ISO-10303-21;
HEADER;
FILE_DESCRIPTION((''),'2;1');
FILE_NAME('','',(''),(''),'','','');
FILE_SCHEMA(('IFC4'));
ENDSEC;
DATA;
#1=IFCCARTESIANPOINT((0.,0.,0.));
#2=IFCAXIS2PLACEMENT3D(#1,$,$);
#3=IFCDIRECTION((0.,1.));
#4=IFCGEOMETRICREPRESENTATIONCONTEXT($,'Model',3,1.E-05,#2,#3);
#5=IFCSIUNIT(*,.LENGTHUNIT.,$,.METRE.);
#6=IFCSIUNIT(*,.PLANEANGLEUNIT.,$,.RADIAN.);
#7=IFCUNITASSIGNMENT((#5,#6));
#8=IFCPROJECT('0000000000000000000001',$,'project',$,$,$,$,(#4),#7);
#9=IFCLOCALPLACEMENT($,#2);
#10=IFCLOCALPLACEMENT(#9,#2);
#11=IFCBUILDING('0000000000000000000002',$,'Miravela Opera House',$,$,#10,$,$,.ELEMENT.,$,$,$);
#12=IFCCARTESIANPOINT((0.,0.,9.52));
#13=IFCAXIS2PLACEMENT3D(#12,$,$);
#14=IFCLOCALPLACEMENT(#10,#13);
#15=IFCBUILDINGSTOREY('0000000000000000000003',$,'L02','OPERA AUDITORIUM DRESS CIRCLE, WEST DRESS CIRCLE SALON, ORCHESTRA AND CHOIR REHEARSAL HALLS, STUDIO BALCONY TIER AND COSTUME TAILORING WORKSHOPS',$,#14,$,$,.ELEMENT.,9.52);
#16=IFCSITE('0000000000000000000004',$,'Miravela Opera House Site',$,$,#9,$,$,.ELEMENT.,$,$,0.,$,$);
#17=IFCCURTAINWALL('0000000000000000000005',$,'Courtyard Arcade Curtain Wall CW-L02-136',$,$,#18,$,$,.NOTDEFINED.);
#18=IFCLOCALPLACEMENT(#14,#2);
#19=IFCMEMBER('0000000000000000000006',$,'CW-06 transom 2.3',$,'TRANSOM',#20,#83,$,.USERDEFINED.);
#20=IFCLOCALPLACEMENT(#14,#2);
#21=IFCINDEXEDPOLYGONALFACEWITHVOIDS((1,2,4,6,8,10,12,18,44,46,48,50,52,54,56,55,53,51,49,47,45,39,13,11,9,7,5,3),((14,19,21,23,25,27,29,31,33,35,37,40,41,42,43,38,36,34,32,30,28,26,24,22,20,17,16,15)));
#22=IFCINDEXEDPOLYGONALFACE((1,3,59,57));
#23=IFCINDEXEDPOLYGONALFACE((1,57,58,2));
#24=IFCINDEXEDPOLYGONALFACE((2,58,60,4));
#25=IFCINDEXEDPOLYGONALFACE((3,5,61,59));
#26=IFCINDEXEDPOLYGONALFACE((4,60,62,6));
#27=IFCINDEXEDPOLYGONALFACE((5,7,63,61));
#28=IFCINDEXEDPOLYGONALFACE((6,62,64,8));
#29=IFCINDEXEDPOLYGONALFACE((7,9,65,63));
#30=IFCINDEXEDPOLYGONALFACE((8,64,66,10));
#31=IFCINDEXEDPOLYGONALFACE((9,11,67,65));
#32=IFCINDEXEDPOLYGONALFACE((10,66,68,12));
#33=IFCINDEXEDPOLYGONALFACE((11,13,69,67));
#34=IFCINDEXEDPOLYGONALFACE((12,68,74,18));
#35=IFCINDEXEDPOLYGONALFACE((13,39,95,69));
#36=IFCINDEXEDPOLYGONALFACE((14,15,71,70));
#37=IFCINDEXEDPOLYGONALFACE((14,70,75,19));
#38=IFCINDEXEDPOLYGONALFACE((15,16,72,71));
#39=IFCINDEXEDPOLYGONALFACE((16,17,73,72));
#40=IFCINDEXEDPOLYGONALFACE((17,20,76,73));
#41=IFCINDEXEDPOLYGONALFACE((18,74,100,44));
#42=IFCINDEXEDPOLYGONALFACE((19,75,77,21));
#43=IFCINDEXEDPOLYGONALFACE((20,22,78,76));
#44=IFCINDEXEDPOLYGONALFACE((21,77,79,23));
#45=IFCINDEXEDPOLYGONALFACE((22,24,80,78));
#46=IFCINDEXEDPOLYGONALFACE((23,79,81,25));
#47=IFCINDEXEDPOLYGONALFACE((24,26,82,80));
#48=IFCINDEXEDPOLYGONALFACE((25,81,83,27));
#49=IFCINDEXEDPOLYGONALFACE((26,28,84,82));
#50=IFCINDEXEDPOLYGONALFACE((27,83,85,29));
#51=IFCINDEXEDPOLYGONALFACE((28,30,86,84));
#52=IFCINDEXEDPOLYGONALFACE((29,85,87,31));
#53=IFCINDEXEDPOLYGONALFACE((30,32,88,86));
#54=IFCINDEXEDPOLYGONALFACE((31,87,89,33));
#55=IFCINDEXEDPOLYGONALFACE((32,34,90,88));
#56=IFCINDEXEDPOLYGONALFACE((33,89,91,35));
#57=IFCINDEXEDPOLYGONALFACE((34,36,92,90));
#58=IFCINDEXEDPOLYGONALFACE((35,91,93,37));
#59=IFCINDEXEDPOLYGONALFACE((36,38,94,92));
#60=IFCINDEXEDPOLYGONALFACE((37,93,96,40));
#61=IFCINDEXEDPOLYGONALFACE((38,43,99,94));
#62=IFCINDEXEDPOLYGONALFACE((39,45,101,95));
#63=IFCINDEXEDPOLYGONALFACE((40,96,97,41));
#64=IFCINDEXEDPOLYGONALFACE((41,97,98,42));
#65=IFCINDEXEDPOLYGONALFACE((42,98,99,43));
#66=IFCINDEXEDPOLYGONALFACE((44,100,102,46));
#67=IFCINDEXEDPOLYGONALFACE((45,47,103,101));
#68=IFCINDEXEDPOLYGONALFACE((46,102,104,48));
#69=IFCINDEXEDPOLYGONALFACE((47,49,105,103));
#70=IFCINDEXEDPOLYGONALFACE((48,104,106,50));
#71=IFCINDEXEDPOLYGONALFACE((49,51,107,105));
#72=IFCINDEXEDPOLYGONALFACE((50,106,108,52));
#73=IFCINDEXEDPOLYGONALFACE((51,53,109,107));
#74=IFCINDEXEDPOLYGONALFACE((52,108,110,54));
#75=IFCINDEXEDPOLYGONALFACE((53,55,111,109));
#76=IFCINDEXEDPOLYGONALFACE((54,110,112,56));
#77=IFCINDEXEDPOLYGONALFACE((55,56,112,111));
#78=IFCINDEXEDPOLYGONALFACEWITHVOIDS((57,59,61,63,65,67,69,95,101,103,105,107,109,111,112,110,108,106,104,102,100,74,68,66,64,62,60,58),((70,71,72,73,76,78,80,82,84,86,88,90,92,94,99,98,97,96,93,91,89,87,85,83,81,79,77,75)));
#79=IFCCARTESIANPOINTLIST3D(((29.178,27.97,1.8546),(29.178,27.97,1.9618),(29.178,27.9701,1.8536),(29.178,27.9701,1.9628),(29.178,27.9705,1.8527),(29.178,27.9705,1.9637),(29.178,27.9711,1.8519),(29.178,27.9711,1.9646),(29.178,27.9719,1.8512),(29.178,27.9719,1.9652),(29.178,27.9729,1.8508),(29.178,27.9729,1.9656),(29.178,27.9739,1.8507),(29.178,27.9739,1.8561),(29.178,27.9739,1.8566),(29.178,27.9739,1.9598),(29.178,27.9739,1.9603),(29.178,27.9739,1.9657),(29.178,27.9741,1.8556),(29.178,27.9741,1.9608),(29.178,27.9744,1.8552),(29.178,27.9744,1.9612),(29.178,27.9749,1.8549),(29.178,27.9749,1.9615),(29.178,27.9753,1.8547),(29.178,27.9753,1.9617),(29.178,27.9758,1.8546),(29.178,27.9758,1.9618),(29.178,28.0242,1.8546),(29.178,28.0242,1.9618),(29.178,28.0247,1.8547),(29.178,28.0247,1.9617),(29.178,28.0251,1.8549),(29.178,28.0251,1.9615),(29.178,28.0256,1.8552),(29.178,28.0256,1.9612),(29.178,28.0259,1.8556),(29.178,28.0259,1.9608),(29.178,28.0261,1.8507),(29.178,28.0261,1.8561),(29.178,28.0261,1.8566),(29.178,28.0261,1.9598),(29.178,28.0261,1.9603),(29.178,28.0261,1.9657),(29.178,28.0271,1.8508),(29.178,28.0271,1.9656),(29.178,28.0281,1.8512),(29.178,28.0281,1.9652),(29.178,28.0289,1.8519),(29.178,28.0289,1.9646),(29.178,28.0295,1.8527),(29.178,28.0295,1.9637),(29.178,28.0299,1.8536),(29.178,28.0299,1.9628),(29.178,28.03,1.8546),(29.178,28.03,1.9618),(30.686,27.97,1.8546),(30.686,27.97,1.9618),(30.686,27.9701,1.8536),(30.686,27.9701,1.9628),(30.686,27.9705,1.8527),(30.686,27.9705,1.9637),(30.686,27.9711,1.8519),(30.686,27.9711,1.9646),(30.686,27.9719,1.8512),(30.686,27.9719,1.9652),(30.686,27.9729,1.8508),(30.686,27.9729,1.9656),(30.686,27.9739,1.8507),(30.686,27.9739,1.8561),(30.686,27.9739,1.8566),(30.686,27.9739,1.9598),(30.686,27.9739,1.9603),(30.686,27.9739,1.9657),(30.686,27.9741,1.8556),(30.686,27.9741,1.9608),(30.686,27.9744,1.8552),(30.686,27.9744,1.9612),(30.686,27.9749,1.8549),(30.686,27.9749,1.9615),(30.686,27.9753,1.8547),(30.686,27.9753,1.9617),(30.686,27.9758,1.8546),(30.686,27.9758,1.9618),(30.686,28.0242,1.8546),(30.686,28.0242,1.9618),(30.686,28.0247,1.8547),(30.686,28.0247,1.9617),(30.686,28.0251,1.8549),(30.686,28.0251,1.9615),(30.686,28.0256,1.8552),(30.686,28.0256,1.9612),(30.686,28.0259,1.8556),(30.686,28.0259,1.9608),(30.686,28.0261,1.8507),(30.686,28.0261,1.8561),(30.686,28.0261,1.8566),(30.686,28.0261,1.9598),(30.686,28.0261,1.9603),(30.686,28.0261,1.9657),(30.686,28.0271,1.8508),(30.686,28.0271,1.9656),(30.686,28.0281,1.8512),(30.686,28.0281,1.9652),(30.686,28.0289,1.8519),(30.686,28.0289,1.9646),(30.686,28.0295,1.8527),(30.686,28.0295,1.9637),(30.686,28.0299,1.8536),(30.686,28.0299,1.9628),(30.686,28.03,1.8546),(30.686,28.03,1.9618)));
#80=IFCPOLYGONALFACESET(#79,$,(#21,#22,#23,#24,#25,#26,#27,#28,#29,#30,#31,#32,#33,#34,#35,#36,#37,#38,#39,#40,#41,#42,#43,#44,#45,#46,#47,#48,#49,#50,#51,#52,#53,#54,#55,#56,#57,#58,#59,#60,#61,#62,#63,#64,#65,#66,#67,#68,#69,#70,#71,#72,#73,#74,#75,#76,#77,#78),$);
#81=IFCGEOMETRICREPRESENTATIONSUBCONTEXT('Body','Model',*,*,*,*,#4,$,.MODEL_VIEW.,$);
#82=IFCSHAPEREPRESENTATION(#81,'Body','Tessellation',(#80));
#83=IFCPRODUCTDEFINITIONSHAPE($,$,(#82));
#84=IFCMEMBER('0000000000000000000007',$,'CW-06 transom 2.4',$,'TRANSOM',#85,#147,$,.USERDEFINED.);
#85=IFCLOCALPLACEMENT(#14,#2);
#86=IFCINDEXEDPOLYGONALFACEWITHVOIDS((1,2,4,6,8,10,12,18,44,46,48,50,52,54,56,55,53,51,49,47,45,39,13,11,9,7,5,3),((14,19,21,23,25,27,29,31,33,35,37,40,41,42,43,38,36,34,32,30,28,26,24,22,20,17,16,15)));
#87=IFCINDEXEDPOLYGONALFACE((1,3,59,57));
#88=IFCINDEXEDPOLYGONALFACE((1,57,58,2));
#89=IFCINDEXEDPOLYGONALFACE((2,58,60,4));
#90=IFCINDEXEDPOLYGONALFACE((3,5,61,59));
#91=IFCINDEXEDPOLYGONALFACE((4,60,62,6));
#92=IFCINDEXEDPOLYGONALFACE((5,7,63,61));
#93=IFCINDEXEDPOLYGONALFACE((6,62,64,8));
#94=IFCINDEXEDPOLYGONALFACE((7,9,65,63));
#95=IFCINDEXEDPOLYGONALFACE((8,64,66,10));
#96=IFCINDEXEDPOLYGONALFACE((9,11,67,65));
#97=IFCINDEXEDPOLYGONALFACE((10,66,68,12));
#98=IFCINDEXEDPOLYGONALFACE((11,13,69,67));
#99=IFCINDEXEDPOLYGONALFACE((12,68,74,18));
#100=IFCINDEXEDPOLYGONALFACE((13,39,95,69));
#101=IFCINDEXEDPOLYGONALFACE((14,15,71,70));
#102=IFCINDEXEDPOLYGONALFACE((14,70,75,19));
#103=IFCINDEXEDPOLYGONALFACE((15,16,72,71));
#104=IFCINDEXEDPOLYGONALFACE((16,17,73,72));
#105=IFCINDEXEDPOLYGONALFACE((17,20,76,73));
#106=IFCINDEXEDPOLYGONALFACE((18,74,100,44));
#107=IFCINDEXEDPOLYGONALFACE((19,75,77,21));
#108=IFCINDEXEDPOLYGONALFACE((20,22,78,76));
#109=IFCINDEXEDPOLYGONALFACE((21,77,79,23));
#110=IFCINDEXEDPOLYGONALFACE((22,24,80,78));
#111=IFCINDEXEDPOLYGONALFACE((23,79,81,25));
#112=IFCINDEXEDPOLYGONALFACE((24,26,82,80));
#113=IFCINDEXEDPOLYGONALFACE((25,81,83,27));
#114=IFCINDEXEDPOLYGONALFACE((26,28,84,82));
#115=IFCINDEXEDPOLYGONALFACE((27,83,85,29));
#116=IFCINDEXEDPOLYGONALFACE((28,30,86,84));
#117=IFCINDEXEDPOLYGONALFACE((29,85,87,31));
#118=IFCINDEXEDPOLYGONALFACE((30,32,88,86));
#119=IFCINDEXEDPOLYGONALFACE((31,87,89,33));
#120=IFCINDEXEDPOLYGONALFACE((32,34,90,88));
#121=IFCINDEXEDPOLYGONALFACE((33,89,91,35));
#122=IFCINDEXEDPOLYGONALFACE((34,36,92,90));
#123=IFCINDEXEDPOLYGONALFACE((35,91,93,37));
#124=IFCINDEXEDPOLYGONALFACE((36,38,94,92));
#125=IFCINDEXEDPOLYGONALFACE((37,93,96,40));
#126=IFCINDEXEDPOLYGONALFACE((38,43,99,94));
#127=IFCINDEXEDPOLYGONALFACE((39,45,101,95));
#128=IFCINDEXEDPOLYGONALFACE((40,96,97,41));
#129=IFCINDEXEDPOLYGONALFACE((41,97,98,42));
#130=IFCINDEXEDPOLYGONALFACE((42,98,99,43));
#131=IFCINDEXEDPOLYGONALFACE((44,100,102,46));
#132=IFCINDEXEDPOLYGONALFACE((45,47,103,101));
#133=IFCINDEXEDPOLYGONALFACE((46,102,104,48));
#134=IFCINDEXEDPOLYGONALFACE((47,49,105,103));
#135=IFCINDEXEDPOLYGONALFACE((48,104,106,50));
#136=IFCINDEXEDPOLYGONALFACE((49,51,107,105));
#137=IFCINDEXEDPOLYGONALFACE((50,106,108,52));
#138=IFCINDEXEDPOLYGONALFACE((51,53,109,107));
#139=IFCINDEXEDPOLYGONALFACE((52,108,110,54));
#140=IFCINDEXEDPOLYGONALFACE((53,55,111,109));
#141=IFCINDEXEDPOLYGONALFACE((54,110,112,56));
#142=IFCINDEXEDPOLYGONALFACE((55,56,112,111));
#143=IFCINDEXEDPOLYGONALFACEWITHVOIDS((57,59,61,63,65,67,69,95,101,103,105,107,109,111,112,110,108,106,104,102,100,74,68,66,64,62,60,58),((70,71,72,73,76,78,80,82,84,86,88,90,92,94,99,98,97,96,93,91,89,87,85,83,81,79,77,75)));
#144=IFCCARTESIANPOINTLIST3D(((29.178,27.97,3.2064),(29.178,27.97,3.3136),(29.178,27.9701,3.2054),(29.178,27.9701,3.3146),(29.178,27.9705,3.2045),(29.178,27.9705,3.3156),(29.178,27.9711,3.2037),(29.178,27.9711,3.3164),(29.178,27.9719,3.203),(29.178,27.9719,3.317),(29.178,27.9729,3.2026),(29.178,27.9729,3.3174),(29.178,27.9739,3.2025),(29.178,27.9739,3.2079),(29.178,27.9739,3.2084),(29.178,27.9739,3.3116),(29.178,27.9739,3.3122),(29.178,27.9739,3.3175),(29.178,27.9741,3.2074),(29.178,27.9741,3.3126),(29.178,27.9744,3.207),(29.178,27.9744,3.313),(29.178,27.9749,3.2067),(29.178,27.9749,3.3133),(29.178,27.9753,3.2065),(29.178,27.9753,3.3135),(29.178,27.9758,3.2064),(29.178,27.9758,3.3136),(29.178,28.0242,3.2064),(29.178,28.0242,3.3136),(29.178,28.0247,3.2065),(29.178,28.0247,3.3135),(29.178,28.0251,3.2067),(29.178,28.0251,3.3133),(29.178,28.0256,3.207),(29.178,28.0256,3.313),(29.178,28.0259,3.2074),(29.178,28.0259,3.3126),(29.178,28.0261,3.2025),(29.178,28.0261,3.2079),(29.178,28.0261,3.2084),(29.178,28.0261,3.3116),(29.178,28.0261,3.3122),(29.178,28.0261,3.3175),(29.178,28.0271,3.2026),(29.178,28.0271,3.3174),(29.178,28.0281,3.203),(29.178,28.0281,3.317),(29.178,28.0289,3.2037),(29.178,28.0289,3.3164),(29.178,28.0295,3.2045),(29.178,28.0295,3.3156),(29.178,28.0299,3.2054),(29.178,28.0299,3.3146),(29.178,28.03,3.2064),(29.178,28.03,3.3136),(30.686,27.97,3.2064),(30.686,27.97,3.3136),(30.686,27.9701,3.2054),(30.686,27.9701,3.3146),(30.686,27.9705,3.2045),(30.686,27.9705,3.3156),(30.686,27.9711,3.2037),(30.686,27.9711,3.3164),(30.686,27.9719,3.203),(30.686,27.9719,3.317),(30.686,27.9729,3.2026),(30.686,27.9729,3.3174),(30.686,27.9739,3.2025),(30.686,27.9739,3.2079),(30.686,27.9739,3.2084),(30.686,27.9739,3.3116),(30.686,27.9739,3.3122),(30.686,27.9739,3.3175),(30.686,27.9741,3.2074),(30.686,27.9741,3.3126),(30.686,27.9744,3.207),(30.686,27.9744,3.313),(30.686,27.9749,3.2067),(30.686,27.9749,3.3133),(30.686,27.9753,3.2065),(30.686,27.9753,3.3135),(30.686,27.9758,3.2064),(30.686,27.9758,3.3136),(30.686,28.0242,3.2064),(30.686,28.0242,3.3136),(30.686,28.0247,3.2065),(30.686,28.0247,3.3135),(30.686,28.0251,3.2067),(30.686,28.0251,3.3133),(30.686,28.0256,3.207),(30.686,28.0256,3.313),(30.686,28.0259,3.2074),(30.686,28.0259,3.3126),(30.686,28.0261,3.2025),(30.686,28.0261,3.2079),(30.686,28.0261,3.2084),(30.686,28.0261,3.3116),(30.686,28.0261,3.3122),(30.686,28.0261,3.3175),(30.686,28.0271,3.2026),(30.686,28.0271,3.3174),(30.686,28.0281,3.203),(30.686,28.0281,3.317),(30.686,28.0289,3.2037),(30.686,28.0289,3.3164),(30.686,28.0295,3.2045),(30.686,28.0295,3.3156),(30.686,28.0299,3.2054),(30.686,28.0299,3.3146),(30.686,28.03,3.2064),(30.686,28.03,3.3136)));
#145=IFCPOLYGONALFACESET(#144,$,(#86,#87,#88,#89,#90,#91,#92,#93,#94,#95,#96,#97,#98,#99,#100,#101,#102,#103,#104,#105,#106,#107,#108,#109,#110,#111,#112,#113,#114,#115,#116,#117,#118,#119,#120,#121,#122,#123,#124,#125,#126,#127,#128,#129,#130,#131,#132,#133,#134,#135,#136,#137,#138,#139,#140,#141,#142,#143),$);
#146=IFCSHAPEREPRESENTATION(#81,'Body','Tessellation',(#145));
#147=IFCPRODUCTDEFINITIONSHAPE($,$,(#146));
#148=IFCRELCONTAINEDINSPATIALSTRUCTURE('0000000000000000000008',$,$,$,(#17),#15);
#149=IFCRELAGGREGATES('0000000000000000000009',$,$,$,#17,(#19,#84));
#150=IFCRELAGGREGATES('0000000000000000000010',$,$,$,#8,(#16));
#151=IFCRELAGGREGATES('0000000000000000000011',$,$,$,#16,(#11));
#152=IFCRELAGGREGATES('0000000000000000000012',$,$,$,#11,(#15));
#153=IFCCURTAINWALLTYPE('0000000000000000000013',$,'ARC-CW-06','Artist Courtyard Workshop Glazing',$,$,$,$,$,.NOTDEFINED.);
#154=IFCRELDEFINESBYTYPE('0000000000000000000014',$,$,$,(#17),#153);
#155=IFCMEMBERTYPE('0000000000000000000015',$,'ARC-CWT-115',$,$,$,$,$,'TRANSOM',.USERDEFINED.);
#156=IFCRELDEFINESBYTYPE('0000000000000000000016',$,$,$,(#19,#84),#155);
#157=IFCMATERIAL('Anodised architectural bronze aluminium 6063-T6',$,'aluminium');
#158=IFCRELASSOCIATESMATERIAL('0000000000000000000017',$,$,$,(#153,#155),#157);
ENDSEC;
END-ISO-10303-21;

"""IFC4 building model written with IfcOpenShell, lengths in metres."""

from ifc_helpers import new_model, si_unit, direction, frame, origin, origin_2d, place, context, subcontext, project, spatial, hollow_rectangle, extrude, material, material_profile, profile_set, type_object, element, aggregate, save


model = new_model("IFC4")

# Units and contexts
model_context = context("Model", 3, precision=1e-05, world=origin(), true_north=direction((0.0, 1.0)))
body_context = subcontext(model_context, "Body", "Model", "MODEL_VIEW")
ifc_project = project(units=[si_unit("LENGTHUNIT", "METRE"), si_unit("PLANEANGLEUNIT", "RADIAN")], contexts=[model_context])

# Site, building, storey
site_placement = place(None, origin())
site = spatial("IfcSite", under=ifc_project, at=site_placement, Name="Miravela Opera House Site", CompositionType="ELEMENT", RefElevation=0.0)
building_placement = place(site_placement, origin())
building = spatial("IfcBuilding", under=site, at=building_placement, Name="Miravela Opera House", CompositionType="ELEMENT")
storey_placement = place(building_placement, frame((0.0, 0.0, 9.52)))
storey = spatial("IfcBuildingStorey", under=building, at=storey_placement, Name="L02", Description="OPERA AUDITORIUM DRESS CIRCLE, WEST DRESS CIRCLE SALON, ORCHESTRA AND CHOIR REHEARSAL HALLS, STUDIO BALCONY TIER AND COSTUME TAILORING WORKSHOPS", CompositionType="ELEMENT", Elevation=9.52)

# Curtain wall
ifc_material_1 = material(Name="Anodised architectural bronze aluminium 6063-T6", Category="aluminium")
curtain_wall_type = type_object("IfcCurtainWallType", Name="ARC-CW-06", Description="Artist Courtyard Workshop Glazing", PredefinedType="NOTDEFINED", material=ifc_material_1)
curtain_wall_1_placement = place(storey_placement, origin())
curtain_wall_1 = element("IfcCurtainWall", 1, at=curtain_wall_1_placement, inside=storey, type_object=curtain_wall_type, Name="Courtyard Arcade Curtain Wall CW-L02-136", PredefinedType="NOTDEFINED")

# Members
ifc_material_profile_1 = material_profile(ifc_material_1, hollow_rectangle(XDim=0.0601, YDim=0.115, WallThickness=0.0039, InnerFilletRadius=0.002, OuterFilletRadius=0.0039, at=origin_2d()), Name="CWT-60X115")
ifc_profile_set_1 = profile_set([ifc_material_profile_1])
member_type_1 = type_object("IfcMemberType", Name="ARC-CWT-115", ElementType="TRANSOM", PredefinedType="USERDEFINED", material=ifc_profile_set_1)
member_1_placement = place(storey_placement, frame((29.178, 28.0, 1.9082), z_axis=(1.0, 0.0, 0.0), x_axis=(0.0, 1.0, 0.0)))
member_1 = element("IfcMember", 2, at=member_1_placement, type_object=member_type_1, Name="CW-06 transom 2.3", ObjectType="TRANSOM", PredefinedType="USERDEFINED", context=body_context, shape_type="SweptSolid", body=[
    extrude(hollow_rectangle(XDim=0.0601, YDim=0.115, WallThickness=0.0039, InnerFilletRadius=0.002, OuterFilletRadius=0.0039, at=origin_2d()), origin(), (0.0, 0.0, 1.0), 1.5081),
])
member_2_placement = place(storey_placement, frame((29.178, 28.0, 3.26), z_axis=(1.0, 0.0, 0.0), x_axis=(0.0, 1.0, 0.0)))
member_2 = element("IfcMember", 3, at=member_2_placement, type_object=member_type_1, Name="CW-06 transom 2.4", ObjectType="TRANSOM", PredefinedType="USERDEFINED", context=body_context, shape_type="SweptSolid", body=[
    extrude(hollow_rectangle(XDim=0.0601, YDim=0.115, WallThickness=0.0039, InnerFilletRadius=0.002, OuterFilletRadius=0.0039, at=origin_2d()), origin(), (0.0, 0.0, 1.0), 1.5081),
])

aggregate(curtain_wall_1, [member_1, member_2])

save(model, "model.ifc")
